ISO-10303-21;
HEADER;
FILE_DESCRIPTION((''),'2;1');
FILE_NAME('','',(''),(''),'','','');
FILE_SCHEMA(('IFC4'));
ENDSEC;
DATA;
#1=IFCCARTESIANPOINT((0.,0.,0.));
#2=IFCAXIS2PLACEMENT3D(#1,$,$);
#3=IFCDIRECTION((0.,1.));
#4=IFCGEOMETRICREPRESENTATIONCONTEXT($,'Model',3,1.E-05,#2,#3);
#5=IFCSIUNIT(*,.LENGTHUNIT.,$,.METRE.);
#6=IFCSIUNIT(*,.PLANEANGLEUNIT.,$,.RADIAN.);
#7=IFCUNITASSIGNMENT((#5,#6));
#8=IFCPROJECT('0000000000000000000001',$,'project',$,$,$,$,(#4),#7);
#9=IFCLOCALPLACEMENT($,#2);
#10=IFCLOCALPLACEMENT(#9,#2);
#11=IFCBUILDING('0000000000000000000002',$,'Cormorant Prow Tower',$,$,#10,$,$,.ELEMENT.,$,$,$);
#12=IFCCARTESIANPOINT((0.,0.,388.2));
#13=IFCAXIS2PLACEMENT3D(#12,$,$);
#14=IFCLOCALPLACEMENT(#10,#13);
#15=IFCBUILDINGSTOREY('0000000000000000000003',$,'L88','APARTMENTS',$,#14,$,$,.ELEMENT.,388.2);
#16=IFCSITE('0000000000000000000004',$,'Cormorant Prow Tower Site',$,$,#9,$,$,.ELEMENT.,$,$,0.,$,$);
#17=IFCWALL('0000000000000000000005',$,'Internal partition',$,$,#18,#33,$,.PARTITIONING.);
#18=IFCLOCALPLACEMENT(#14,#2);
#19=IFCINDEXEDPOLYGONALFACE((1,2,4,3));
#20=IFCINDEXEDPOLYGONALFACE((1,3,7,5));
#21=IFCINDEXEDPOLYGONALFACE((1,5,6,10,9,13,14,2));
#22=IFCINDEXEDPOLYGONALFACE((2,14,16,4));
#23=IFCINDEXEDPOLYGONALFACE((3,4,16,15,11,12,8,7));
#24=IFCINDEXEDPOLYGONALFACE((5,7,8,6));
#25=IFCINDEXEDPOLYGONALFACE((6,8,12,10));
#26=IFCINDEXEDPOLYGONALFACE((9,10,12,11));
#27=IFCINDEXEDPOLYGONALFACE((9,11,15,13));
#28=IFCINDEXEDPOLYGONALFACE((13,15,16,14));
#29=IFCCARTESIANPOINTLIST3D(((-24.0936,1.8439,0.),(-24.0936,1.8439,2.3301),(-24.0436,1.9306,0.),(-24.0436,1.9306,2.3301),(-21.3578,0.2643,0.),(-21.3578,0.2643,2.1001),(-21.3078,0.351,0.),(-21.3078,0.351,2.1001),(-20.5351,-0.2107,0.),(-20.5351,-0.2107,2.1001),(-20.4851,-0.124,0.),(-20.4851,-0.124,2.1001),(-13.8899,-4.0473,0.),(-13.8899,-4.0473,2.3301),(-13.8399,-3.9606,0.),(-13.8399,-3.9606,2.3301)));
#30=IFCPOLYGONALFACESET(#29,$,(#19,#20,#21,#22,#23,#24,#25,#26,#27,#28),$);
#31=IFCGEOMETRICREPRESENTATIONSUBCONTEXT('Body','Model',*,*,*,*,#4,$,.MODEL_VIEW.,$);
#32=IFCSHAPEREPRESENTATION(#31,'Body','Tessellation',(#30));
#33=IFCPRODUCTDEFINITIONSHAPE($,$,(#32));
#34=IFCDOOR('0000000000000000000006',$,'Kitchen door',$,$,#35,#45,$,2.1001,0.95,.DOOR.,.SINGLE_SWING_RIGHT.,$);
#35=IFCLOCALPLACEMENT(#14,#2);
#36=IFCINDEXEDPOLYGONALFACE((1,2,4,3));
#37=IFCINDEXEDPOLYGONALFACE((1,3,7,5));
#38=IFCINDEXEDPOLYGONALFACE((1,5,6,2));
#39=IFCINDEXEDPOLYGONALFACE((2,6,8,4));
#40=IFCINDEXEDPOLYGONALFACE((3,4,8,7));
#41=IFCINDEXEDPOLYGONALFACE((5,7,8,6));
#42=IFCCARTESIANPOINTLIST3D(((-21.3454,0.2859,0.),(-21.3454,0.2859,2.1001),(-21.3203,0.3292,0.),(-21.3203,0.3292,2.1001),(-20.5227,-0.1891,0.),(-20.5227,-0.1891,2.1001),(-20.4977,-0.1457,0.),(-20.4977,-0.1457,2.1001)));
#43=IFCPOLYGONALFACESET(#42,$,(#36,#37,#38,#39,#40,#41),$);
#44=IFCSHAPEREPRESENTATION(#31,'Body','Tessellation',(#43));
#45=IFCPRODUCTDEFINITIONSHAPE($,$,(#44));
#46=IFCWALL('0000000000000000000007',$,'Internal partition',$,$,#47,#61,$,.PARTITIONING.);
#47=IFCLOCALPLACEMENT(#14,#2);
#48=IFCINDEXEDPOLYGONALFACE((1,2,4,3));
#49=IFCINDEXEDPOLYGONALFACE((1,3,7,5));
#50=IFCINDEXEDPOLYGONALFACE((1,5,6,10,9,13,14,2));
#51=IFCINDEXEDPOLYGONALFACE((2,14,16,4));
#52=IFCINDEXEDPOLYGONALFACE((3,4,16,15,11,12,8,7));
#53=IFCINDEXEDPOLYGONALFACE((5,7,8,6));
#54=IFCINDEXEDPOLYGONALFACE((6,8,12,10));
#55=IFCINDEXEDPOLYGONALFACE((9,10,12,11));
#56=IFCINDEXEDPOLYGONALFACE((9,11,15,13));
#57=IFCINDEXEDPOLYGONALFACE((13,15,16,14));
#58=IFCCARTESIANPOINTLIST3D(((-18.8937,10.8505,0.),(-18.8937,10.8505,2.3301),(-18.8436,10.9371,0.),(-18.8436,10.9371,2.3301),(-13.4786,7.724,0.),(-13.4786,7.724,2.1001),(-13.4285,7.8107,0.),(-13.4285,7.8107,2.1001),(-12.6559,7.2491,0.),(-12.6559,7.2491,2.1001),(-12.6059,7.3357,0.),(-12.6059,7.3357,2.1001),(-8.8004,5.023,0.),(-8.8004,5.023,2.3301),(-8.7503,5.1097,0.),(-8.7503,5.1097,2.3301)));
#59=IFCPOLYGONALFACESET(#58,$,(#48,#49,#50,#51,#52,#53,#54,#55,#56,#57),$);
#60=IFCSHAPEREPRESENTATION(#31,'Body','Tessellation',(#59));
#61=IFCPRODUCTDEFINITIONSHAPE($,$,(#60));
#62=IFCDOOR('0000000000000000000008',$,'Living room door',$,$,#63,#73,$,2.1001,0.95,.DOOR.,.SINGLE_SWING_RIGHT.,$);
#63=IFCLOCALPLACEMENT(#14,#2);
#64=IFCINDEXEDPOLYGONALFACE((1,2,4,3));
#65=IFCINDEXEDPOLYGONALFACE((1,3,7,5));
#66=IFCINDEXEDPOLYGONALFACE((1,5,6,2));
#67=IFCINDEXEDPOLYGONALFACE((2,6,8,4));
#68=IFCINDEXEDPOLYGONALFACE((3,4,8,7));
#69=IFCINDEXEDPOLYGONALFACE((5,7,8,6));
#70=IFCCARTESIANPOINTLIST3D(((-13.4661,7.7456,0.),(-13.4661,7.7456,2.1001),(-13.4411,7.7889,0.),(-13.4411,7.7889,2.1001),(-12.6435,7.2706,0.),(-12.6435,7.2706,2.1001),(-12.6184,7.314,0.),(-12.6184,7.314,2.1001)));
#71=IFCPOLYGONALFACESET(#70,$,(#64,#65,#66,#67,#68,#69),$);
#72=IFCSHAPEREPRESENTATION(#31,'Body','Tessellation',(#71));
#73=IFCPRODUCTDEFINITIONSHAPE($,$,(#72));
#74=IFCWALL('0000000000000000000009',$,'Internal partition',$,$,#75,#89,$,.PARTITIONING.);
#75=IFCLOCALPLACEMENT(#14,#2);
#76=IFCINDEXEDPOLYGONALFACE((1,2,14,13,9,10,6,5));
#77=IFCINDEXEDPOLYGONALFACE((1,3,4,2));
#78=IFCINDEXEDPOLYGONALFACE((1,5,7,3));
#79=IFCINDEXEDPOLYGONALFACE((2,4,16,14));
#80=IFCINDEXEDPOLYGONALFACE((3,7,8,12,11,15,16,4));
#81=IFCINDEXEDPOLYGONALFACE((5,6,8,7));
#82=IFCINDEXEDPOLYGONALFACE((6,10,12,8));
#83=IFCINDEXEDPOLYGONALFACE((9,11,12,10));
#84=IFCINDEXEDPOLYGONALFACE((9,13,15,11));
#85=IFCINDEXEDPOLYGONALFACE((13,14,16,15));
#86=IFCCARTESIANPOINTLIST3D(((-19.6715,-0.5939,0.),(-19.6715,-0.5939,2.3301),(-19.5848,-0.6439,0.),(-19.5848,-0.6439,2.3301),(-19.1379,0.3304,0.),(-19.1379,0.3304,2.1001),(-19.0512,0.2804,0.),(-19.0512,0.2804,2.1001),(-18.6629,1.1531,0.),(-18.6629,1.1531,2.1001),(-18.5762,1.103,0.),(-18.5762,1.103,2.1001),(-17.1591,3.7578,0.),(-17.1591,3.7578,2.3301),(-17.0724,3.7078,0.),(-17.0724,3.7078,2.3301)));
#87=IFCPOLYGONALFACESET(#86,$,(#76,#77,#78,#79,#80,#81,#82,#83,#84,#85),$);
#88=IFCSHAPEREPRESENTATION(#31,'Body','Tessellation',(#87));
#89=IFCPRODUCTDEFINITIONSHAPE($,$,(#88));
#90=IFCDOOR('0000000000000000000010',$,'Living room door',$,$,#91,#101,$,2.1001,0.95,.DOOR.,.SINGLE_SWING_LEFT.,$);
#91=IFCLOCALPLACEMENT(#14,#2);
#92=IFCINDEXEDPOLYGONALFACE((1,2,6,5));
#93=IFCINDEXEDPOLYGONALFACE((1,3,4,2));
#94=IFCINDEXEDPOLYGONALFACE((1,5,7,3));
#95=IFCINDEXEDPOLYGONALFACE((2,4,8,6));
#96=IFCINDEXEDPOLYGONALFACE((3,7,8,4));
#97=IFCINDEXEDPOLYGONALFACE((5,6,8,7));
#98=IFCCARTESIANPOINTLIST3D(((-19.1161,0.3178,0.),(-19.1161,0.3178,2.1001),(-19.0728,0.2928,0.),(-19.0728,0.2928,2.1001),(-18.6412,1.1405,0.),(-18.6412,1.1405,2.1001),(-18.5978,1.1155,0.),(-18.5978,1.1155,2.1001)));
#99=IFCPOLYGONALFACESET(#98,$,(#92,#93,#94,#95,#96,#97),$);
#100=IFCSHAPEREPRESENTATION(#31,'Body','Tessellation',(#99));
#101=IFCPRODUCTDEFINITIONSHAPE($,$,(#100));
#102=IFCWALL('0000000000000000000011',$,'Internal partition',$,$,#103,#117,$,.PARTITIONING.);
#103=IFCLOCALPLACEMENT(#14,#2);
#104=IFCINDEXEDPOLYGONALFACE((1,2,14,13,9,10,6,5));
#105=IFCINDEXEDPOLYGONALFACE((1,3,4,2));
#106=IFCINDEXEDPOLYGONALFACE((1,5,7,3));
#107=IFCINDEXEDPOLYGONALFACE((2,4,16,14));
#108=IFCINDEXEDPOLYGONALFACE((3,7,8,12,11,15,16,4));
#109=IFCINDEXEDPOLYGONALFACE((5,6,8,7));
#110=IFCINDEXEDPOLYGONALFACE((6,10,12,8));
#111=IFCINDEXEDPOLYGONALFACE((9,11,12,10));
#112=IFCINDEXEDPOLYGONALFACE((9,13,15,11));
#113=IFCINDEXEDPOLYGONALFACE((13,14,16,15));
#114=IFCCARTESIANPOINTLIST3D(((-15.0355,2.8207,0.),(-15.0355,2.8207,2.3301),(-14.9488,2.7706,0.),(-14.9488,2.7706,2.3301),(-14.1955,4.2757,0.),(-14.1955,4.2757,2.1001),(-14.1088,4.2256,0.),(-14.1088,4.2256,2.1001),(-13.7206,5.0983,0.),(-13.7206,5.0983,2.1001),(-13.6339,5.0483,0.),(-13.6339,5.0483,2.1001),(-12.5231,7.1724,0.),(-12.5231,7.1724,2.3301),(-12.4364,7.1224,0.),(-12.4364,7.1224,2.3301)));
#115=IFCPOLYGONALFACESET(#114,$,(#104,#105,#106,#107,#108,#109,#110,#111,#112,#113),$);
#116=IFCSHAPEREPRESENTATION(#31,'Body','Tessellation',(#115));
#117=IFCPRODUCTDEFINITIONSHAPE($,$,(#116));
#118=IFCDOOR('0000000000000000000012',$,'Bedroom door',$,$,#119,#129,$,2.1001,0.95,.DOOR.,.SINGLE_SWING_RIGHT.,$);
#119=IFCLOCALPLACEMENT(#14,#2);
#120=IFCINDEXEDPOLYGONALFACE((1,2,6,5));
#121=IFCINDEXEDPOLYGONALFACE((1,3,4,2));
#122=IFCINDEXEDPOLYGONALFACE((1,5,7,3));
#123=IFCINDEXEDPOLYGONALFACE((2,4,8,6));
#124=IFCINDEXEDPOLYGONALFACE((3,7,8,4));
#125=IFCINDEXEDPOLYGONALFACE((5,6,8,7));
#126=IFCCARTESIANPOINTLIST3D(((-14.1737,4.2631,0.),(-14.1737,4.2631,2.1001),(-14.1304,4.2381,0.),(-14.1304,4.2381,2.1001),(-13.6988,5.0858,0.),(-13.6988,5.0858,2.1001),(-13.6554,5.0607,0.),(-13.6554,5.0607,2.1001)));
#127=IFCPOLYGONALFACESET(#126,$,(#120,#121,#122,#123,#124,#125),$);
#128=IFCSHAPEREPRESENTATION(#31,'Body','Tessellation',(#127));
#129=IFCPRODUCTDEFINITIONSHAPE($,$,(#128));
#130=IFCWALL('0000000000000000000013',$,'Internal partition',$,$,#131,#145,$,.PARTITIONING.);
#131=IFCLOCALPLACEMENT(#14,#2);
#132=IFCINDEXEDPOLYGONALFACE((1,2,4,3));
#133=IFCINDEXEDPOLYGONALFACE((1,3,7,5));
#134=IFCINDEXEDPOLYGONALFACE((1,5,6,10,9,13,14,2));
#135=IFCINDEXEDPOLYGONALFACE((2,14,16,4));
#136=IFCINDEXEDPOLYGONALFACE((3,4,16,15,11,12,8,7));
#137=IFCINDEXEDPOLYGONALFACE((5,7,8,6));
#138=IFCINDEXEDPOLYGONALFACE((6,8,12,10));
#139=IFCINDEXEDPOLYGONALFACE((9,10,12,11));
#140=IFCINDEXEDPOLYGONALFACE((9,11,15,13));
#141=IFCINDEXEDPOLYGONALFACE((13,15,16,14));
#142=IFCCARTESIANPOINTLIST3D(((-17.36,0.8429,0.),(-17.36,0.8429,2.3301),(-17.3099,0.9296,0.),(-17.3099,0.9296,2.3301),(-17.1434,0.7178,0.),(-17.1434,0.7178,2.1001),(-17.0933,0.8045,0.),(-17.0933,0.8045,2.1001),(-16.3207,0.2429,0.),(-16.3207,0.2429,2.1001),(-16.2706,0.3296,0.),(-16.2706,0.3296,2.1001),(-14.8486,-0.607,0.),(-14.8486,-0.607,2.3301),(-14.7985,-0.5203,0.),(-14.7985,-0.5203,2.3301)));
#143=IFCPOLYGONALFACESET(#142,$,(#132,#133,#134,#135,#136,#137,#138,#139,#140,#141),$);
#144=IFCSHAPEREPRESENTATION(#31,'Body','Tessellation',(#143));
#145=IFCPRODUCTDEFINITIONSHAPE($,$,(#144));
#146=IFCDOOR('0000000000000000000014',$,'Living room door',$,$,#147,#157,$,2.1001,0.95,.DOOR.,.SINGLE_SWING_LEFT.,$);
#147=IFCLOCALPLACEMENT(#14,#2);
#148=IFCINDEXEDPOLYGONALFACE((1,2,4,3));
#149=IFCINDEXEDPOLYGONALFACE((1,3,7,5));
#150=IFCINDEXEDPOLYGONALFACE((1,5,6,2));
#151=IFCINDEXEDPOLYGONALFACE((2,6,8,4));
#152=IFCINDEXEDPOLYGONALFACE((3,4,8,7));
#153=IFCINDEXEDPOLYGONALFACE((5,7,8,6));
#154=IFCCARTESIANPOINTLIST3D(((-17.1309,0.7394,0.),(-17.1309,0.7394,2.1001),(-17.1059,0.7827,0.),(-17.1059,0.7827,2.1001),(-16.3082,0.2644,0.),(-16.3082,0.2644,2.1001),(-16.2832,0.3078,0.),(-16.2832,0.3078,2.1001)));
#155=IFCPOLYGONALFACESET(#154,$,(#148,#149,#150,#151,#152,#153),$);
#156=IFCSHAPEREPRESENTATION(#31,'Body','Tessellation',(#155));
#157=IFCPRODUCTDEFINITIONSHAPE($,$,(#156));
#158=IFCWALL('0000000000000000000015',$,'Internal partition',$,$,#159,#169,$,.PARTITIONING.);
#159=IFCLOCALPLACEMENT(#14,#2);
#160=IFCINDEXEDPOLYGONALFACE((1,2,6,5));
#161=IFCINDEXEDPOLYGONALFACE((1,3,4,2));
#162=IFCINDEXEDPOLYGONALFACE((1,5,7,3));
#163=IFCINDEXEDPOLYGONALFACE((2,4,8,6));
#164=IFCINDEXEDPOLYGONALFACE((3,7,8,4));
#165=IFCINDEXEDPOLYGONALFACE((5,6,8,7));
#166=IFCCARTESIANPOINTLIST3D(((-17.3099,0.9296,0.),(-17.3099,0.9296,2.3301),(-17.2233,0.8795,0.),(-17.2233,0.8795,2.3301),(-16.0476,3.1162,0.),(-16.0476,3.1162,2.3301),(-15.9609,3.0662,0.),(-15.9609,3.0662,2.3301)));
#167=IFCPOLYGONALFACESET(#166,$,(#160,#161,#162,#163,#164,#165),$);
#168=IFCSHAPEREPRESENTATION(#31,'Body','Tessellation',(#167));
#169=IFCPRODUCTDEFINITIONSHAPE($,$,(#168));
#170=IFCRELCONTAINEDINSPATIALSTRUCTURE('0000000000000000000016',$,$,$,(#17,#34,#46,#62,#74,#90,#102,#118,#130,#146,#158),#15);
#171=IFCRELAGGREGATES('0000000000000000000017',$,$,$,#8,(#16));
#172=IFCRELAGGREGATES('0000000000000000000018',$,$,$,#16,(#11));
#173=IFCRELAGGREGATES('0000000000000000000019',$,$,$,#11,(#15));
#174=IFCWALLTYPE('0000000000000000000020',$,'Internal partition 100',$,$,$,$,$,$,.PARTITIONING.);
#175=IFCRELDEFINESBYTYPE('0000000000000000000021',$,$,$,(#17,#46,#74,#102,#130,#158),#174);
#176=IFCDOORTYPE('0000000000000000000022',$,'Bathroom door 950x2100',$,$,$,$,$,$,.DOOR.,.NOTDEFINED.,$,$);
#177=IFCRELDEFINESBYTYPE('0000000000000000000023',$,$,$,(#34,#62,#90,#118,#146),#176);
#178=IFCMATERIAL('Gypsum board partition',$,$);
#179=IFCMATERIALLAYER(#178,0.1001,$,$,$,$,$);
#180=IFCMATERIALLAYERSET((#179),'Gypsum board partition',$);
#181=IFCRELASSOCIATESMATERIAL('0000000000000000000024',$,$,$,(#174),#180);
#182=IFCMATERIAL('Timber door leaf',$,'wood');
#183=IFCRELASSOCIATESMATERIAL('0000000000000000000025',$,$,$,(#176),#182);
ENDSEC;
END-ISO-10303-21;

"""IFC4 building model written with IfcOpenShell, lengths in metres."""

from ifc_helpers import new_model, si_unit, direction, frame, frame_2d, origin, place, context, subcontext, project, spatial, rectangle, extrude, material, layer, layer_set, type_object, element, fill, save


model = new_model("IFC4")

# Units and contexts
model_context = context("Model", 3, precision=1e-05, world=origin(), true_north=direction((0.0, 1.0)))
body_context = subcontext(model_context, "Body", "Model", "MODEL_VIEW")
ifc_project = project(units=[si_unit("LENGTHUNIT", "METRE"), si_unit("PLANEANGLEUNIT", "RADIAN")], contexts=[model_context])

# Site, building, storey
site_placement = place(None, origin())
site = spatial("IfcSite", under=ifc_project, at=site_placement, Name="Cormorant Prow Tower Site", CompositionType="ELEMENT", RefElevation=0.0)
building_placement = place(site_placement, origin())
building = spatial("IfcBuilding", under=site, at=building_placement, Name="Cormorant Prow Tower", CompositionType="ELEMENT")
storey_placement = place(building_placement, frame((0.0, 0.0, 388.2)))
storey = spatial("IfcBuildingStorey", under=building, at=storey_placement, Name="L88", Description="APARTMENTS", CompositionType="ELEMENT", Elevation=388.2)

# Walls, openings, doors
ifc_material_1 = material(Name="Gypsum board partition")
ifc_layer_1 = layer(ifc_material_1, 0.1001)
ifc_layer_set_1 = layer_set([ifc_layer_1], Name="Gypsum board partition")
wall_type_1 = type_object("IfcWallType", Name="Internal partition 100", PredefinedType="PARTITIONING", material=ifc_layer_set_1)
wall_1_placement = place(storey_placement, frame((-24.0686, 1.8872, 0.0), z_axis=(0.0, 0.0, 1.0), x_axis=(0.866023, -0.500003, 0.0)))
wall_1 = element("IfcWall", 1, at=wall_1_placement, inside=storey, type_object=wall_type_1, Name="Internal partition", PredefinedType="PARTITIONING", context=body_context, shape_type="SweptSolid", body=[
    extrude(rectangle(XDim=11.7822, YDim=0.1001, at=frame_2d((5.8911, 0.0))), origin(), (0.0, 0.0, 1.0), 2.3301),
])
opening_1_placement = place(wall_1_placement, frame((3.1589, 0.0, 0.0)))
opening_1 = element("IfcOpeningElement", 2, at=opening_1_placement, cuts=wall_1, PredefinedType="OPENING", context=body_context, shape_type="SweptSolid", body=[
    extrude(rectangle(XDim=0.95, YDim=2.1001, at=frame_2d((0.4751, 1.05))), frame((0.0, 0.0601, 0.0), z_axis=(0.0, -1.0, 0.0), x_axis=(1.0, 0.0, 0.0)), (0.0, 0.0, 1.0), 0.1201),
])
ifc_material_2 = material(Name="Timber door leaf", Category="wood")
door_type_1 = type_object("IfcDoorType", Name="Bathroom door 950x2100", OperationType="NOTDEFINED", PredefinedType="DOOR", material=ifc_material_2)
door_1_placement = place(opening_1_placement, origin())
door_1 = element("IfcDoor", 3, at=door_1_placement, inside=storey, type_object=door_type_1, Name="Kitchen door", OperationType="SINGLE_SWING_RIGHT", OverallHeight=2.1001, OverallWidth=0.95, PredefinedType="DOOR", context=body_context, shape_type="SweptSolid", body=[
    extrude(rectangle(XDim=0.95, YDim=2.1001, at=frame_2d((0.4751, 1.05))), frame((0.0, 0.0249, 0.0), z_axis=(0.0, -1.0, 0.0), x_axis=(1.0, 0.0, 0.0)), (0.0, 0.0, 1.0), 0.05),
])
fill(opening_1, door_1)
wall_2_placement = place(storey_placement, frame((-18.8687, 10.8938, 0.0), z_axis=(0.0, 0.0, 1.0), x_axis=(0.866024, -0.500003, 0.0)))
wall_2 = element("IfcWall", 4, at=wall_2_placement, inside=storey, type_object=wall_type_1, Name="Internal partition", PredefinedType="PARTITIONING", context=body_context, shape_type="SweptSolid", body=[
    extrude(rectangle(XDim=11.6548, YDim=0.1001, at=frame_2d((5.8274, 0.0))), origin(), (0.0, 0.0, 1.0), 2.3301),
])
opening_2_placement = place(wall_2_placement, frame((6.2527, 0.0, 0.0)))
opening_2 = element("IfcOpeningElement", 5, at=opening_2_placement, cuts=wall_2, PredefinedType="OPENING", context=body_context, shape_type="SweptSolid", body=[
    extrude(rectangle(XDim=0.95, YDim=2.1001, at=frame_2d((0.4751, 1.05))), frame((0.0, 0.0601, 0.0), z_axis=(0.0, -1.0, 0.0), x_axis=(1.0, 0.0, 0.0)), (0.0, 0.0, 1.0), 0.1201),
])
door_2_placement = place(opening_2_placement, origin())
door_2 = element("IfcDoor", 6, at=door_2_placement, inside=storey, type_object=door_type_1, Name="Living room door", OperationType="SINGLE_SWING_RIGHT", OverallHeight=2.1001, OverallWidth=0.95, PredefinedType="DOOR", context=body_context, shape_type="SweptSolid", body=[
    extrude(rectangle(XDim=0.95, YDim=2.1001, at=frame_2d((0.4751, 1.05))), frame((0.0, 0.0249, 0.0), z_axis=(0.0, -1.0, 0.0), x_axis=(1.0, 0.0, 0.0)), (0.0, 0.0, 1.0), 0.05),
])
fill(opening_2, door_2)
wall_3_placement = place(storey_placement, frame((-19.6282, -0.6189, 0.0), z_axis=(0.0, 0.0, 1.0), x_axis=(0.49999, 0.866031, 0.0)))
wall_3 = element("IfcWall", 7, at=wall_3_placement, inside=storey, type_object=wall_type_1, Name="Internal partition", PredefinedType="PARTITIONING", context=body_context, shape_type="SweptSolid", body=[
    extrude(rectangle(XDim=5.0249, YDim=0.1001, at=frame_2d((2.5125, 0.0))), origin(), (0.0, 0.0, 1.0), 2.3301),
])
opening_3_placement = place(wall_3_placement, frame((1.0671, 0.0, 0.0)))
opening_3 = element("IfcOpeningElement", 8, at=opening_3_placement, cuts=wall_3, PredefinedType="OPENING", context=body_context, shape_type="SweptSolid", body=[
    extrude(rectangle(XDim=0.95, YDim=2.1001, at=frame_2d((0.4751, 1.05))), frame((0.0, 0.0601, 0.0), z_axis=(0.0, -1.0, 0.0), x_axis=(1.0, 0.0, 0.0)), (0.0, 0.0, 1.0), 0.1201),
])
door_3_placement = place(opening_3_placement, origin())
door_3 = element("IfcDoor", 9, at=door_3_placement, inside=storey, type_object=door_type_1, Name="Living room door", OperationType="SINGLE_SWING_LEFT", OverallHeight=2.1001, OverallWidth=0.95, PredefinedType="DOOR", context=body_context, shape_type="SweptSolid", body=[
    extrude(rectangle(XDim=0.95, YDim=2.1001, at=frame_2d((0.4751, 1.05))), frame((0.0, 0.0249, 0.0), z_axis=(0.0, -1.0, 0.0), x_axis=(1.0, 0.0, 0.0)), (0.0, 0.0, 1.0), 0.05),
])
fill(opening_3, door_3)
wall_4_placement = place(storey_placement, frame((-14.9922, 2.7957, 0.0), z_axis=(0.0, 0.0, 1.0), x_axis=(0.49999, 0.866031, 0.0)))
wall_4 = element("IfcWall", 10, at=wall_4_placement, inside=storey, type_object=wall_type_1, Name="Internal partition", PredefinedType="PARTITIONING", context=body_context, shape_type="SweptSolid", body=[
    extrude(rectangle(XDim=5.0249, YDim=0.1001, at=frame_2d((2.5125, 0.0))), origin(), (0.0, 0.0, 1.0), 2.3301),
])
opening_4_placement = place(wall_4_placement, frame((1.6799, 0.0, 0.0)))
opening_4 = element("IfcOpeningElement", 11, at=opening_4_placement, cuts=wall_4, PredefinedType="OPENING", context=body_context, shape_type="SweptSolid", body=[
    extrude(rectangle(XDim=0.95, YDim=2.1001, at=frame_2d((0.4751, 1.05))), frame((0.0, 0.0601, 0.0), z_axis=(0.0, -1.0, 0.0), x_axis=(1.0, 0.0, 0.0)), (0.0, 0.0, 1.0), 0.1201),
])
door_4_placement = place(opening_4_placement, origin())
door_4 = element("IfcDoor", 12, at=door_4_placement, inside=storey, type_object=door_type_1, Name="Bedroom door", OperationType="SINGLE_SWING_RIGHT", OverallHeight=2.1001, OverallWidth=0.95, PredefinedType="DOOR", context=body_context, shape_type="SweptSolid", body=[
    extrude(rectangle(XDim=0.95, YDim=2.1001, at=frame_2d((0.4751, 1.05))), frame((0.0, 0.0249, 0.0), z_axis=(0.0, -1.0, 0.0), x_axis=(1.0, 0.0, 0.0)), (0.0, 0.0, 1.0), 0.05),
])
fill(opening_4, door_4)
wall_5_placement = place(storey_placement, frame((-17.335, 0.8862, 0.0), z_axis=(0.0, 0.0, 1.0), x_axis=(0.866033, -0.499987, 0.0)))
wall_5 = element("IfcWall", 13, at=wall_5_placement, inside=storey, type_object=wall_type_1, Name="Internal partition", PredefinedType="PARTITIONING", context=body_context, shape_type="SweptSolid", body=[
    extrude(rectangle(XDim=2.8999, YDim=0.1001, at=frame_2d((1.45, 0.0))), origin(), (0.0, 0.0, 1.0), 2.3301),
])
opening_5_placement = place(wall_5_placement, frame((0.25, 0.0, 0.0)))
opening_5 = element("IfcOpeningElement", 14, at=opening_5_placement, cuts=wall_5, PredefinedType="OPENING", context=body_context, shape_type="SweptSolid", body=[
    extrude(rectangle(XDim=0.95, YDim=2.1001, at=frame_2d((0.4751, 1.05))), frame((0.0, 0.0601, 0.0), z_axis=(0.0, -1.0, 0.0), x_axis=(1.0, 0.0, 0.0)), (0.0, 0.0, 1.0), 0.1201),
])
door_5_placement = place(opening_5_placement, origin())
door_5 = element("IfcDoor", 15, at=door_5_placement, inside=storey, type_object=door_type_1, Name="Living room door", OperationType="SINGLE_SWING_LEFT", OverallHeight=2.1001, OverallWidth=0.95, PredefinedType="DOOR", context=body_context, shape_type="SweptSolid", body=[
    extrude(rectangle(XDim=0.95, YDim=2.1001, at=frame_2d((0.4751, 1.05))), frame((0.0, 0.0249, 0.0), z_axis=(0.0, -1.0, 0.0), x_axis=(1.0, 0.0, 0.0)), (0.0, 0.0, 1.0), 0.05),
])
fill(opening_5, door_5)

# Wall
wall_6_placement = place(storey_placement, frame((-17.2666, 0.9045, 0.0), z_axis=(0.0, 0.0, 1.0), x_axis=(0.499976, 0.866039, 0.0)))
element("IfcWall", 16, at=wall_6_placement, inside=storey, type_object=wall_type_1, Name="Internal partition", PredefinedType="PARTITIONING", context=body_context, shape_type="SweptSolid", body=[
    extrude(rectangle(XDim=2.5249, YDim=0.1001, at=frame_2d((1.2625, 0.0))), origin(), (0.0, 0.0, 1.0), 2.3301),
])

save(model, "model.ifc")
